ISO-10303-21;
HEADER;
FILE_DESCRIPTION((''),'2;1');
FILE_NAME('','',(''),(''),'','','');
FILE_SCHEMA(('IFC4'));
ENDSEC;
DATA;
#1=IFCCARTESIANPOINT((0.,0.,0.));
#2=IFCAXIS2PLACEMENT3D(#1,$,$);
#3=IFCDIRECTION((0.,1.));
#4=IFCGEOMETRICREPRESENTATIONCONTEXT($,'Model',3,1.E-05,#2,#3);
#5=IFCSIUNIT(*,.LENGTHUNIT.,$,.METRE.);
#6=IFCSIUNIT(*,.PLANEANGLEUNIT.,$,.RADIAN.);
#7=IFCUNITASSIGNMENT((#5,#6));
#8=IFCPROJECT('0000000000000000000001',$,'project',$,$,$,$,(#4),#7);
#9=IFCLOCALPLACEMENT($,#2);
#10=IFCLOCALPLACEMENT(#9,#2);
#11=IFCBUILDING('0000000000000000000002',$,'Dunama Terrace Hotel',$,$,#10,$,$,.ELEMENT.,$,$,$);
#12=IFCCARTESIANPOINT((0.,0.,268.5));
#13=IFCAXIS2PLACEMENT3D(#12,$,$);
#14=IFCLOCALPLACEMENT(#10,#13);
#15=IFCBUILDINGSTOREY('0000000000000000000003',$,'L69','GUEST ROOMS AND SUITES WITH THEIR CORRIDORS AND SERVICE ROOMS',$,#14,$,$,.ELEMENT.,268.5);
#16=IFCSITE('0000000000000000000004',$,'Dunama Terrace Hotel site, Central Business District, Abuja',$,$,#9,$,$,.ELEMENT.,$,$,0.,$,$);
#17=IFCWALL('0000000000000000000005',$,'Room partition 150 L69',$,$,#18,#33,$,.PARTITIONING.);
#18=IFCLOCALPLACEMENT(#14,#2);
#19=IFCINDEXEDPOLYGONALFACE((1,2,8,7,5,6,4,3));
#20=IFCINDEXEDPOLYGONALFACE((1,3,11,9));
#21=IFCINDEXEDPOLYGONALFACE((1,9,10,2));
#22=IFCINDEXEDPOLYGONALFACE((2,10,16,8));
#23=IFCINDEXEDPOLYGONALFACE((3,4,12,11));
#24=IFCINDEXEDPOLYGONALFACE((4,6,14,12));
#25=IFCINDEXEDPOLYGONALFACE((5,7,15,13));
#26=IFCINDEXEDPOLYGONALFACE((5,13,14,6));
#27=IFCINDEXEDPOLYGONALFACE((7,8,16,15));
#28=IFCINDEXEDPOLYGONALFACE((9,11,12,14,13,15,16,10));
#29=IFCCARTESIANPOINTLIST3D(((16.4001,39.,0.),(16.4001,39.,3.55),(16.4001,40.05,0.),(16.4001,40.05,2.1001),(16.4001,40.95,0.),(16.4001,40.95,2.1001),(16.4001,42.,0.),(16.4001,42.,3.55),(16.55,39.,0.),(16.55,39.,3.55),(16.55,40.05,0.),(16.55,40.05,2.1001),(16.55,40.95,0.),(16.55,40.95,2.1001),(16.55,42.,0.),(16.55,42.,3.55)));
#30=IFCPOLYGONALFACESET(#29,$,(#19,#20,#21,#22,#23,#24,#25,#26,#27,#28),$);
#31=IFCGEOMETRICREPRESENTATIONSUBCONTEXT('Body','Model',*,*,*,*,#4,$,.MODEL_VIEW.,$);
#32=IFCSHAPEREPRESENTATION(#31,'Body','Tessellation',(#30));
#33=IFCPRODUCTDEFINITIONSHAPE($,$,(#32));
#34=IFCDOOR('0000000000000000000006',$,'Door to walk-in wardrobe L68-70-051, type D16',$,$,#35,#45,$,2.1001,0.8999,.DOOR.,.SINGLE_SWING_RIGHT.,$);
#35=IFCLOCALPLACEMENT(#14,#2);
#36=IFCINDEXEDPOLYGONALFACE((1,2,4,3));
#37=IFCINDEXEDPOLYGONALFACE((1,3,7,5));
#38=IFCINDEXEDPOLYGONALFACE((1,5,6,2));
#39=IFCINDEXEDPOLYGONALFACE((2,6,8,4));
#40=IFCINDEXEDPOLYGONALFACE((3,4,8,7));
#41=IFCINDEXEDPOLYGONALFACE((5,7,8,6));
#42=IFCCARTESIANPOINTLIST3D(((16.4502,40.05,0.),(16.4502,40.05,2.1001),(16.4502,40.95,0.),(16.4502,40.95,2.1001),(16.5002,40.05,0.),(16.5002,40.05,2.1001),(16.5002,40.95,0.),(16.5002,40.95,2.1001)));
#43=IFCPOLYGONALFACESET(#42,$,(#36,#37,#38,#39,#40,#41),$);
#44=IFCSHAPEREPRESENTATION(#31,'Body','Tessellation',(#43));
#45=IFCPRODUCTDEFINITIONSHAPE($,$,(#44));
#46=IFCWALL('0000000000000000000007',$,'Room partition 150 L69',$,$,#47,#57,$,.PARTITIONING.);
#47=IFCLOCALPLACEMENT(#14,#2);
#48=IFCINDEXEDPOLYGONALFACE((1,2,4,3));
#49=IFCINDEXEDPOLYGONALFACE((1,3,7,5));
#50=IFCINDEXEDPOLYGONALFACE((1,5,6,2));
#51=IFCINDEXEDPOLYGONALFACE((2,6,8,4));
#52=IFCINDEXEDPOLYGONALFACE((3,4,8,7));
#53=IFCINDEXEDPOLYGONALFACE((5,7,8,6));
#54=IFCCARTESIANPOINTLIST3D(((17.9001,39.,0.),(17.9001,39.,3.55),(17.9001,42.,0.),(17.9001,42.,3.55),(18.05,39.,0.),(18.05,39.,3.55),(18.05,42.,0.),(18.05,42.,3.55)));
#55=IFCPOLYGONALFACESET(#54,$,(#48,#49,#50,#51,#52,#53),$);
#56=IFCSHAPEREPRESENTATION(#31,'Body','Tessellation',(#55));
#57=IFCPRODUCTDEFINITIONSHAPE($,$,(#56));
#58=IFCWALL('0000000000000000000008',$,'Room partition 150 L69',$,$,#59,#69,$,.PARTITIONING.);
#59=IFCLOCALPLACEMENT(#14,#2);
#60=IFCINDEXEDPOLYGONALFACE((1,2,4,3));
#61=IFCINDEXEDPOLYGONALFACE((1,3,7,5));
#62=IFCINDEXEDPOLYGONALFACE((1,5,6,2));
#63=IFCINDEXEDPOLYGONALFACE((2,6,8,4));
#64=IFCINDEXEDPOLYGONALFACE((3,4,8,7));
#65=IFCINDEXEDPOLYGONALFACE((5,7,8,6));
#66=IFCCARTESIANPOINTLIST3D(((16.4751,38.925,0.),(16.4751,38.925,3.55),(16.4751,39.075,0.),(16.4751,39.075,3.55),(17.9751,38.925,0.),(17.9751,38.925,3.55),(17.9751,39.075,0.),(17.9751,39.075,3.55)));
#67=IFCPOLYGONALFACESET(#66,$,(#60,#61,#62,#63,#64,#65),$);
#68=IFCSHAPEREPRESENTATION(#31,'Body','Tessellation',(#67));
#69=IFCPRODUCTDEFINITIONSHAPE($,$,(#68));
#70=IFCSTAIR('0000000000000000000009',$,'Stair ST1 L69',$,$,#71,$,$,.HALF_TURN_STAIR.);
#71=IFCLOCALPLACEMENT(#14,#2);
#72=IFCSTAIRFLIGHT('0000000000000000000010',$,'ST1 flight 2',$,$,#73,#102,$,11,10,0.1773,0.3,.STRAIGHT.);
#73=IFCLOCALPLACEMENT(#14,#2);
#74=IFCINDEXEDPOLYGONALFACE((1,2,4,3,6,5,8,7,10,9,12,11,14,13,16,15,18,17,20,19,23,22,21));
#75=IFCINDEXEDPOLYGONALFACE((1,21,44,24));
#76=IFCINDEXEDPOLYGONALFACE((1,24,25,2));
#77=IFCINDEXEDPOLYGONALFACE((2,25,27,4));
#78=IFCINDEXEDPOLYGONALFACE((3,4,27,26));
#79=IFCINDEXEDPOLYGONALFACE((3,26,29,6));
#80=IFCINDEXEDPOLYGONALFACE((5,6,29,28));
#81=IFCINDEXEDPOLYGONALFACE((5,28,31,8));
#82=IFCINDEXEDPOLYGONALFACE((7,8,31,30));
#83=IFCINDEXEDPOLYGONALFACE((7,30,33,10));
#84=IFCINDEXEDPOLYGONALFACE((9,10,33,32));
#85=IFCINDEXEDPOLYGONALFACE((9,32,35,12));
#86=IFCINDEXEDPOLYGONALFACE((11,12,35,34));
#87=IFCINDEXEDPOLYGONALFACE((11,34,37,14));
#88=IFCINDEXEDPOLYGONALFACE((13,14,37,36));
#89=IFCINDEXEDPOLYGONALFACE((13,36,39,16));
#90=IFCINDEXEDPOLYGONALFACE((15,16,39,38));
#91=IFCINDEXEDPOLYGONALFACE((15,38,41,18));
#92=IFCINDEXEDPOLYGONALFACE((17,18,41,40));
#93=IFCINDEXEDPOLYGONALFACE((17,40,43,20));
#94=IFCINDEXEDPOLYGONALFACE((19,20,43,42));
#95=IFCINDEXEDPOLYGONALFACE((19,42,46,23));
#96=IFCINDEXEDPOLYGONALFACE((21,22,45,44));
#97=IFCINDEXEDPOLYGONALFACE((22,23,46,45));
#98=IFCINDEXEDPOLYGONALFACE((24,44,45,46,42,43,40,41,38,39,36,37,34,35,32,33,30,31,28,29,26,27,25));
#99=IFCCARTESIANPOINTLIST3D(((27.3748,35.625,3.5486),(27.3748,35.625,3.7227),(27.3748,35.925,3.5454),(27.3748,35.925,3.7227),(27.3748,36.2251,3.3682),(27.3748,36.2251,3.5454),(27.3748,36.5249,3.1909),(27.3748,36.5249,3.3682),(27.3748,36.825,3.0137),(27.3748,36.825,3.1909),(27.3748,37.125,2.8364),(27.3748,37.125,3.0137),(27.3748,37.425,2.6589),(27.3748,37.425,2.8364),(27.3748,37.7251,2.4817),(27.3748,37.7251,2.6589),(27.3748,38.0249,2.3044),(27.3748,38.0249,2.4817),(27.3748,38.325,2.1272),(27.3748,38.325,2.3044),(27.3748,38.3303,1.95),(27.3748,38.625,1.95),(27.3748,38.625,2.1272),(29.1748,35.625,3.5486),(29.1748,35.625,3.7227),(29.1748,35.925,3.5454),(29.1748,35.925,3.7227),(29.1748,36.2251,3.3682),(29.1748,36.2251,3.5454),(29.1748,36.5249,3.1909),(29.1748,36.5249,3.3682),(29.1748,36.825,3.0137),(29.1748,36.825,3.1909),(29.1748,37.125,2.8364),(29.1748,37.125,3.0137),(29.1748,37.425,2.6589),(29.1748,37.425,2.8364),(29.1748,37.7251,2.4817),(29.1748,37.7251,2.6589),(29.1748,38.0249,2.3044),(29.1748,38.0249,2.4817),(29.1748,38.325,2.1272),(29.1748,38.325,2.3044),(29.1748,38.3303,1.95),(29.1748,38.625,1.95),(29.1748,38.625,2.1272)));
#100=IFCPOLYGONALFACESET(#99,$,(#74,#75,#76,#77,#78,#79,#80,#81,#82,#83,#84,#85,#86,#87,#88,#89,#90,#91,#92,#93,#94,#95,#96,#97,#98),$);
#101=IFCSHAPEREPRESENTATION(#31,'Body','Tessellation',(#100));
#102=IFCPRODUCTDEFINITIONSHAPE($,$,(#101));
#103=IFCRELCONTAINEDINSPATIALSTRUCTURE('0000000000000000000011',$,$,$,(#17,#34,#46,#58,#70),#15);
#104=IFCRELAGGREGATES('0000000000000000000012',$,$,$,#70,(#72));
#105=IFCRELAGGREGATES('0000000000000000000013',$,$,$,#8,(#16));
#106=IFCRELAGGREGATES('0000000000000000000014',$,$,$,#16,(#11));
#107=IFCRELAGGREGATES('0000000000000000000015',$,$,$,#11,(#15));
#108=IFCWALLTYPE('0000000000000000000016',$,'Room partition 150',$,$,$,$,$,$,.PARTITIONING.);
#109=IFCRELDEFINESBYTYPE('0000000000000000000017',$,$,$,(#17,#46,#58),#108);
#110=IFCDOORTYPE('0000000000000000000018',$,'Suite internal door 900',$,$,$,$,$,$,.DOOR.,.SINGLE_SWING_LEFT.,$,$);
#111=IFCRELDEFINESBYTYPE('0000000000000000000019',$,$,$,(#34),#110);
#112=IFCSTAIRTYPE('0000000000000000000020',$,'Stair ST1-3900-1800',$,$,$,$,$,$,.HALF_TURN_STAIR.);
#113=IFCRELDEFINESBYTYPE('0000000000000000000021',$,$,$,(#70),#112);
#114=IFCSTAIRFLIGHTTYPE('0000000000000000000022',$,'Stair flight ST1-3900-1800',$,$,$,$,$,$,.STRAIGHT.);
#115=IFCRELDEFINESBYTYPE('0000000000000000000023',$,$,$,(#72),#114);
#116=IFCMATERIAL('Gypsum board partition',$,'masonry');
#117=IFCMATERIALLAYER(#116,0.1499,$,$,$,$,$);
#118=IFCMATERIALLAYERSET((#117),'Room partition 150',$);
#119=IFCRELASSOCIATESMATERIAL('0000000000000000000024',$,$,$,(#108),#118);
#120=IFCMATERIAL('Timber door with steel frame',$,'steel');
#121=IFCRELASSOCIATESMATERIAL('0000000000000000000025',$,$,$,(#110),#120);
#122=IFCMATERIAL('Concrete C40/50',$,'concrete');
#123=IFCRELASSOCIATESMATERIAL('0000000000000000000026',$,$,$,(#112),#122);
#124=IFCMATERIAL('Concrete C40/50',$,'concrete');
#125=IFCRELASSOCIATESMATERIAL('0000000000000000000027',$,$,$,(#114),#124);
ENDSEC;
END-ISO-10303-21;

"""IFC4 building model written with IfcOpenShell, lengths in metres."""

from ifc_helpers import new_model, si_unit, direction, frame, frame_2d, origin, place, context, subcontext, project, spatial, polyline, rectangle, outline, extrude, material, layer, layer_set, type_object, element, fill, aggregate, save


model = new_model("IFC4")

# Units and contexts
model_context = context("Model", 3, precision=1e-05, world=origin(), true_north=direction((0.0, 1.0)))
body_context = subcontext(model_context, "Body", "Model", "MODEL_VIEW")
ifc_project = project(units=[si_unit("LENGTHUNIT", "METRE"), si_unit("PLANEANGLEUNIT", "RADIAN")], contexts=[model_context])

# Site, building, storey
site_placement = place(None, origin())
site = spatial("IfcSite", under=ifc_project, at=site_placement, Name="Dunama Terrace Hotel site, Central Business District, Abuja", CompositionType="ELEMENT", RefElevation=0.0)
building_placement = place(site_placement, origin())
building = spatial("IfcBuilding", under=site, at=building_placement, Name="Dunama Terrace Hotel", CompositionType="ELEMENT")
storey_placement = place(building_placement, frame((0.0, 0.0, 268.5)))
storey = spatial("IfcBuildingStorey", under=building, at=storey_placement, Name="L69", Description="GUEST ROOMS AND SUITES WITH THEIR CORRIDORS AND SERVICE ROOMS", CompositionType="ELEMENT", Elevation=268.5)

# Wall, opening, door
ifc_material_1 = material(Name="Gypsum board partition", Category="masonry")
ifc_layer_1 = layer(ifc_material_1, 0.1499)
ifc_layer_set_1 = layer_set([ifc_layer_1], Name="Room partition 150")
wall_type_1 = type_object("IfcWallType", Name="Room partition 150", PredefinedType="PARTITIONING", material=ifc_layer_set_1)
wall_1_placement = place(storey_placement, frame((16.4751, 39.0, 0.0), z_axis=(0.0, 0.0, 1.0), x_axis=(0.0, 1.0, 0.0)))
wall_1 = element("IfcWall", 1, at=wall_1_placement, inside=storey, type_object=wall_type_1, Name="Room partition 150 L69", PredefinedType="PARTITIONING", context=body_context, shape_type="SweptSolid", body=[
    extrude(rectangle(XDim=3.0, YDim=0.1499, at=frame_2d((1.5, 0.0))), origin(), (0.0, 0.0, 1.0), 3.55),
])
opening_1_placement = place(wall_1_placement, frame((1.05, 0.0, 0.0)))
opening_1 = element("IfcOpeningElement", 2, at=opening_1_placement, cuts=wall_1, PredefinedType="OPENING", context=body_context, shape_type="SweptSolid", body=[
    extrude(rectangle(XDim=0.8999, YDim=2.1001, at=frame_2d((0.45, 1.05))), frame((0.0, 0.085, 0.0), z_axis=(0.0, -1.0, 0.0), x_axis=(1.0, 0.0, 0.0)), (0.0, 0.0, 1.0), 0.1699),
])
ifc_material_2 = material(Name="Timber door with steel frame", Category="steel")
door_type_1 = type_object("IfcDoorType", Name="Suite internal door 900", OperationType="SINGLE_SWING_LEFT", PredefinedType="DOOR", material=ifc_material_2)
door_1_placement = place(opening_1_placement, frame((0.8999, 0.0, 0.0), z_axis=(0.0, 0.0, 1.0), x_axis=(-1.0, 0.0, 0.0)))
door_1 = element("IfcDoor", 3, at=door_1_placement, inside=storey, type_object=door_type_1, Name="Door to walk-in wardrobe L68-70-051, type D16", OperationType="SINGLE_SWING_RIGHT", OverallHeight=2.1001, OverallWidth=0.8999, PredefinedType="DOOR", context=body_context, shape_type="SweptSolid", body=[
    extrude(rectangle(XDim=0.8999, YDim=2.1001, at=frame_2d((0.45, 1.05))), frame((0.0, 0.0251, 0.0), z_axis=(0.0, -1.0, 0.0), x_axis=(1.0, 0.0, 0.0)), (0.0, 0.0, 1.0), 0.05),
])
fill(opening_1, door_1)

# Walls
wall_2_placement = place(storey_placement, frame((17.9751, 39.0, 0.0), z_axis=(0.0, 0.0, 1.0), x_axis=(0.0, 1.0, 0.0)))
element("IfcWall", 4, at=wall_2_placement, inside=storey, type_object=wall_type_1, Name="Room partition 150 L69", PredefinedType="PARTITIONING", context=body_context, shape_type="SweptSolid", body=[
    extrude(rectangle(XDim=3.0, YDim=0.1499, at=frame_2d((1.5, 0.0))), origin(), (0.0, 0.0, 1.0), 3.55),
])
wall_3_placement = place(storey_placement, frame((16.4751, 39.0, 0.0), z_axis=(0.0, 0.0, 1.0), x_axis=(1.0, 0.0, 0.0)))
element("IfcWall", 5, at=wall_3_placement, inside=storey, type_object=wall_type_1, Name="Room partition 150 L69", PredefinedType="PARTITIONING", context=body_context, shape_type="SweptSolid", body=[
    extrude(rectangle(XDim=1.5, YDim=0.1499, at=frame_2d((0.75, 0.0))), origin(), (0.0, 0.0, 1.0), 3.55),
])

# Stair, stair flight
ifc_material_3 = material(Name="Concrete C40/50", Category="concrete")
stair_type = type_object("IfcStairType", Name="Stair ST1-3900-1800", PredefinedType="HALF_TURN_STAIR", material=ifc_material_3)
stair_placement = place(storey_placement, origin())
stair = element("IfcStair", 6, at=stair_placement, inside=storey, type_object=stair_type, Name="Stair ST1 L69", PredefinedType="HALF_TURN_STAIR")
ifc_material_4 = material(Name="Concrete C40/50", Category="concrete")
stair_flight_type = type_object("IfcStairFlightType", Name="Stair flight ST1-3900-1800", PredefinedType="STRAIGHT", material=ifc_material_4)
stair_flight_placement = place(storey_placement, frame((28.2749, 38.625, 1.95), z_axis=(0.0, 0.0, 1.0), x_axis=(0.0, -1.0, 0.0)))
stair_flight = element("IfcStairFlight", 7, at=stair_flight_placement, type_object=stair_flight_type, Name="ST1 flight 2", NumberOfRisers=11, NumberOfTreads=10, PredefinedType="STRAIGHT", RiserHeight=0.1773, TreadLength=0.3, context=body_context, shape_type="SweptSolid", body=[
    extrude(outline(polyline([(0.0, 0.0), (0.0, 0.1772), (0.3, 0.1772), (0.3, 0.3545), (0.6001, 0.3545), (0.6001, 0.5317), (0.8999, 0.5317), (0.8999, 0.709), (1.2, 0.709), (1.2, 0.8865), (1.5, 0.8865), (1.5, 1.0637), (1.8, 1.0637), (1.8, 1.241), (2.1001, 1.241), (2.1001, 1.4182), (2.3999, 1.4182), (2.3999, 1.5955), (2.7, 1.5955), (2.7, 1.7727), (3.0, 1.7727), (3.0, 1.95), (3.0, 1.5986), (0.2947, 0.0), (0.0, 0.0)])), frame((0.0, 0.8999, 0.0), z_axis=(0.0, -1.0, 0.0), x_axis=(1.0, 0.0, 0.0)), (0.0, 0.0, 1.0), 1.8),
])
aggregate(stair, [stair_flight])

save(model, "model.ifc")
